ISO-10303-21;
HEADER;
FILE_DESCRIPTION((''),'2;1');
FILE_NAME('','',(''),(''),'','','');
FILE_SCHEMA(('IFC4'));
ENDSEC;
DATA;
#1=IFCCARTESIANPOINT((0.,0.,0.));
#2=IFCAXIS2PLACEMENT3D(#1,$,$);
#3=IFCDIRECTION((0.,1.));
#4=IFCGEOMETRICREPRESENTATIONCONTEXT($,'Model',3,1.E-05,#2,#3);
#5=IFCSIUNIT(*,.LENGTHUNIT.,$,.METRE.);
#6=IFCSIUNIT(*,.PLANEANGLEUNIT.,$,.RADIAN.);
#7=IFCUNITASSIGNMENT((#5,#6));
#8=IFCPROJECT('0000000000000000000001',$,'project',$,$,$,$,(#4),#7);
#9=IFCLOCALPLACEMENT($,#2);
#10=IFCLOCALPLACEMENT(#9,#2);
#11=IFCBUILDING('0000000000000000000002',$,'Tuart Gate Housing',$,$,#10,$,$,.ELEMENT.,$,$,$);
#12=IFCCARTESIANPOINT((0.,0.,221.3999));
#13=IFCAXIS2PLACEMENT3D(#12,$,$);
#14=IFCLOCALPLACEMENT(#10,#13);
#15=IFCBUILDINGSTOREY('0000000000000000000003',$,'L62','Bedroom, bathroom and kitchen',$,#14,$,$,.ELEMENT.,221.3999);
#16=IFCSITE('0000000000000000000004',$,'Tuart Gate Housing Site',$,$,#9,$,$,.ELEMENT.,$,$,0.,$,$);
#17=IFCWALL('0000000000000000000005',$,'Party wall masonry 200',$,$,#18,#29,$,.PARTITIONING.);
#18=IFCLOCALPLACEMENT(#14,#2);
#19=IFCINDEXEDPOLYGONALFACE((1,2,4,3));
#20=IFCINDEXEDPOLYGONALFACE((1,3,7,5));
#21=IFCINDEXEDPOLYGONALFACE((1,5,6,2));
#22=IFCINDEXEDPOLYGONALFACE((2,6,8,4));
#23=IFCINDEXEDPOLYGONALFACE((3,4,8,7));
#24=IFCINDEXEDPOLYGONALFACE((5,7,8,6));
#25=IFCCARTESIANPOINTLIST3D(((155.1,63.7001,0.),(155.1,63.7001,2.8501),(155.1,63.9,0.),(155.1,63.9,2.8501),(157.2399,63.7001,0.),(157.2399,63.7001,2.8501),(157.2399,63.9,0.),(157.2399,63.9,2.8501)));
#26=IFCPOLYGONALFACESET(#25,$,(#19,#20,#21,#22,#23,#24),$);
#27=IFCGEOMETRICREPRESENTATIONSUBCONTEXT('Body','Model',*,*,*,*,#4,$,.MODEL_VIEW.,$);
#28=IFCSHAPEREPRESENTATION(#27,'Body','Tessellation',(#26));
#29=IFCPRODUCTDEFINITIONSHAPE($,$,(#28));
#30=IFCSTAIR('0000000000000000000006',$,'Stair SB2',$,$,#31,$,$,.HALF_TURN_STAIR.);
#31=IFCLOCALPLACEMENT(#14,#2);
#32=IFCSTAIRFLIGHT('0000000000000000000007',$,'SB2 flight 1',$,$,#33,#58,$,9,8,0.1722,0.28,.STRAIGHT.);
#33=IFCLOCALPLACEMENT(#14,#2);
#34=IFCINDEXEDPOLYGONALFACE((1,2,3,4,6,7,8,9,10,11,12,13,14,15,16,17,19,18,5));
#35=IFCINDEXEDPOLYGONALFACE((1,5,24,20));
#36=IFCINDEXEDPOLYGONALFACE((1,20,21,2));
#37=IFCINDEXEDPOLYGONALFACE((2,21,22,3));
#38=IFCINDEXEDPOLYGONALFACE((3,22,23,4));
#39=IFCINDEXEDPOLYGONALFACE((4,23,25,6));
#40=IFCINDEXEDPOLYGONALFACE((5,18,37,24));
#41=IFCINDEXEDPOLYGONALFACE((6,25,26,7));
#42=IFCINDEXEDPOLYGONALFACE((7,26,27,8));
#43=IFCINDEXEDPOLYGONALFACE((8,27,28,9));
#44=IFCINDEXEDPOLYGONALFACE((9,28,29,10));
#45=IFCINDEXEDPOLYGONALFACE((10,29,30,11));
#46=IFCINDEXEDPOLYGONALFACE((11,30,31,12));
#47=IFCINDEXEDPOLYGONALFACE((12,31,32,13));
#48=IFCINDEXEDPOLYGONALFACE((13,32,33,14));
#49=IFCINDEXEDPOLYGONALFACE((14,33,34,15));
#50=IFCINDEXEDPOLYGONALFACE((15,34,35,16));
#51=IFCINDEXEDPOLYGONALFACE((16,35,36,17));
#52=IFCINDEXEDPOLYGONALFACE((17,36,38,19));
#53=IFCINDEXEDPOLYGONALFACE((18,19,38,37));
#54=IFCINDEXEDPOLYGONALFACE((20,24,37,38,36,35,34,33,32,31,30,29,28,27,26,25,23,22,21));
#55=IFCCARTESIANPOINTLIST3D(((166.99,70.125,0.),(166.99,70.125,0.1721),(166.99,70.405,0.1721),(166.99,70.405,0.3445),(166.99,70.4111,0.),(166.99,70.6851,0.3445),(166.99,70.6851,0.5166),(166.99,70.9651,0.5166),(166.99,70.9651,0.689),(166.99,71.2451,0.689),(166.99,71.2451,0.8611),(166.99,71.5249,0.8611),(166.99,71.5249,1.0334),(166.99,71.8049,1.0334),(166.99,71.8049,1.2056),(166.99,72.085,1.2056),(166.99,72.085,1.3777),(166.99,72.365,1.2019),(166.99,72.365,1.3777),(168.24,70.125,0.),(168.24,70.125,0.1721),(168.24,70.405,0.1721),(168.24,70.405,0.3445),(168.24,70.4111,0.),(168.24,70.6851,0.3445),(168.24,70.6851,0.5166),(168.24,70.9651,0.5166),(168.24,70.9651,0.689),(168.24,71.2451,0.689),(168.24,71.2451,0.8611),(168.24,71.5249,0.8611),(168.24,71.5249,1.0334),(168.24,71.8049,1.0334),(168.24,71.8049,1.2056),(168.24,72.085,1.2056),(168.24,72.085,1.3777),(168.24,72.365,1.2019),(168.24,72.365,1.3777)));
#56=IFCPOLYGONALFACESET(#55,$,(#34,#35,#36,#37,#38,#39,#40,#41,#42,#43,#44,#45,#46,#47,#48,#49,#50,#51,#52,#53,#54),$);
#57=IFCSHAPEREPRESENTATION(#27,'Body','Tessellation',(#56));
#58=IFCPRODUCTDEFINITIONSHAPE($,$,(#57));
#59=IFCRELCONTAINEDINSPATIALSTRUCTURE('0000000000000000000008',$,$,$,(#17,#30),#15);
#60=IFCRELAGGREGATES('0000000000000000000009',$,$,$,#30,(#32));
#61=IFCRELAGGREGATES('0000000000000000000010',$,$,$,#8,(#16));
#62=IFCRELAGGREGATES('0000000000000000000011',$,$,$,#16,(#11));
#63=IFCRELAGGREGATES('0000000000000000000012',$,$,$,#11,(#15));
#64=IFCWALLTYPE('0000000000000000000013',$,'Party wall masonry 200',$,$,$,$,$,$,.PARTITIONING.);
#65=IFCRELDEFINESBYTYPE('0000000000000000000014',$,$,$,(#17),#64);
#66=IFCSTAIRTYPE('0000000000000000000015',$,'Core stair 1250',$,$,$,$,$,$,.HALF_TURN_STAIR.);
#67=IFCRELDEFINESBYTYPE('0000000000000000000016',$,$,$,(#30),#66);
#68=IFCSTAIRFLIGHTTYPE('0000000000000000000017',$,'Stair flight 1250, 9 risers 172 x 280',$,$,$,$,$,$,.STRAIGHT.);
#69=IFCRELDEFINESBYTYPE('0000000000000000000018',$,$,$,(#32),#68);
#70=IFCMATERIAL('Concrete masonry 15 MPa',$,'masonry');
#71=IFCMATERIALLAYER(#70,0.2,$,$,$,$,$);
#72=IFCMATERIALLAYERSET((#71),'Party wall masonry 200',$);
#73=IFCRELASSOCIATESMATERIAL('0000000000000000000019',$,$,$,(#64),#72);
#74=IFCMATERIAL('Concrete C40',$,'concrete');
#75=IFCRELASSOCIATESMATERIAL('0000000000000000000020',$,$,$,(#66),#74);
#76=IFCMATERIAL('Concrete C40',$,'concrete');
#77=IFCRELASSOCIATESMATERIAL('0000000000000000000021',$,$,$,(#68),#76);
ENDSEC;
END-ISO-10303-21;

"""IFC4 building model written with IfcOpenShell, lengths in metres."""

from ifc_helpers import new_model, si_unit, direction, frame, frame_2d, origin, place, context, subcontext, project, spatial, polyline, rectangle, outline, extrude, material, layer, layer_set, type_object, element, aggregate, save


model = new_model("IFC4")

# Units and contexts
model_context = context("Model", 3, precision=1e-05, world=origin(), true_north=direction((0.0, 1.0)))
body_context = subcontext(model_context, "Body", "Model", "MODEL_VIEW")
ifc_project = project(units=[si_unit("LENGTHUNIT", "METRE"), si_unit("PLANEANGLEUNIT", "RADIAN")], contexts=[model_context])

# Site, building, storey
site_placement = place(None, origin())
site = spatial("IfcSite", under=ifc_project, at=site_placement, Name="Tuart Gate Housing Site", CompositionType="ELEMENT", RefElevation=0.0)
building_placement = place(site_placement, origin())
building = spatial("IfcBuilding", under=site, at=building_placement, Name="Tuart Gate Housing", CompositionType="ELEMENT")
storey_placement = place(building_placement, frame((0.0, 0.0, 221.3999)))
storey = spatial("IfcBuildingStorey", under=building, at=storey_placement, Name="L62", Description="Bedroom, bathroom and kitchen", CompositionType="ELEMENT", Elevation=221.3999)

# Wall
ifc_material_1 = material(Name="Concrete masonry 15 MPa", Category="masonry")
ifc_layer_1 = layer(ifc_material_1, 0.2)
ifc_layer_set_1 = layer_set([ifc_layer_1], Name="Party wall masonry 200")
wall_type_1 = type_object("IfcWallType", Name="Party wall masonry 200", PredefinedType="PARTITIONING", material=ifc_layer_set_1)
wall_1_placement = place(storey_placement, frame((155.1001, 63.8, 0.0), z_axis=(0.0, 0.0, 1.0), x_axis=(1.0, 0.0, 0.0)))
element("IfcWall", 1, at=wall_1_placement, inside=storey, type_object=wall_type_1, Name="Party wall masonry 200", PredefinedType="PARTITIONING", context=body_context, shape_type="SweptSolid", body=[
    extrude(rectangle(XDim=2.1399, YDim=0.2, at=frame_2d((1.0698, 0.0))), origin(), (0.0, 0.0, 1.0), 2.8501),
])

# Stair, stair flight
ifc_material_2 = material(Name="Concrete C40", Category="concrete")
stair_type = type_object("IfcStairType", Name="Core stair 1250", PredefinedType="HALF_TURN_STAIR", material=ifc_material_2)
stair_placement = place(storey_placement, origin())
stair = element("IfcStair", 2, at=stair_placement, inside=storey, type_object=stair_type, Name="Stair SB2", PredefinedType="HALF_TURN_STAIR")
ifc_material_3 = material(Name="Concrete C40", Category="concrete")
stair_flight_type = type_object("IfcStairFlightType", Name="Stair flight 1250, 9 risers 172 x 280", PredefinedType="STRAIGHT", material=ifc_material_3)
stair_flight_placement = place(storey_placement, frame((167.615, 70.125, 0.0), z_axis=(0.0, 0.0, 1.0), x_axis=(0.0, 1.0, 0.0)))
stair_flight = element("IfcStairFlight", 3, at=stair_flight_placement, type_object=stair_flight_type, Name="SB2 flight 1", NumberOfRisers=9, NumberOfTreads=8, PredefinedType="STRAIGHT", RiserHeight=0.1722, TreadLength=0.28, context=body_context, shape_type="SweptSolid", body=[
    extrude(outline(polyline([(0.0, 0.0), (0.0, 0.1721), (0.28, 0.1721), (0.28, 0.3445), (0.5601, 0.3445), (0.5601, 0.5166), (0.8401, 0.5166), (0.8401, 0.689), (1.1201, 0.689), (1.1201, 0.8611), (1.3999, 0.8611), (1.3999, 1.0334), (1.6799, 1.0334), (1.6799, 1.2056), (1.96, 1.2056), (1.96, 1.3777), (2.24, 1.3777), (2.24, 1.55), (2.24, 1.2019), (0.2861, 0.0), (0.0, 0.0)])), frame((0.0, 0.625, 0.0), z_axis=(0.0, -1.0, 0.0), x_axis=(1.0, 0.0, 0.0)), (0.0, 0.0, 1.0), 1.25),
])
aggregate(stair, [stair_flight])

save(model, "model.ifc")
